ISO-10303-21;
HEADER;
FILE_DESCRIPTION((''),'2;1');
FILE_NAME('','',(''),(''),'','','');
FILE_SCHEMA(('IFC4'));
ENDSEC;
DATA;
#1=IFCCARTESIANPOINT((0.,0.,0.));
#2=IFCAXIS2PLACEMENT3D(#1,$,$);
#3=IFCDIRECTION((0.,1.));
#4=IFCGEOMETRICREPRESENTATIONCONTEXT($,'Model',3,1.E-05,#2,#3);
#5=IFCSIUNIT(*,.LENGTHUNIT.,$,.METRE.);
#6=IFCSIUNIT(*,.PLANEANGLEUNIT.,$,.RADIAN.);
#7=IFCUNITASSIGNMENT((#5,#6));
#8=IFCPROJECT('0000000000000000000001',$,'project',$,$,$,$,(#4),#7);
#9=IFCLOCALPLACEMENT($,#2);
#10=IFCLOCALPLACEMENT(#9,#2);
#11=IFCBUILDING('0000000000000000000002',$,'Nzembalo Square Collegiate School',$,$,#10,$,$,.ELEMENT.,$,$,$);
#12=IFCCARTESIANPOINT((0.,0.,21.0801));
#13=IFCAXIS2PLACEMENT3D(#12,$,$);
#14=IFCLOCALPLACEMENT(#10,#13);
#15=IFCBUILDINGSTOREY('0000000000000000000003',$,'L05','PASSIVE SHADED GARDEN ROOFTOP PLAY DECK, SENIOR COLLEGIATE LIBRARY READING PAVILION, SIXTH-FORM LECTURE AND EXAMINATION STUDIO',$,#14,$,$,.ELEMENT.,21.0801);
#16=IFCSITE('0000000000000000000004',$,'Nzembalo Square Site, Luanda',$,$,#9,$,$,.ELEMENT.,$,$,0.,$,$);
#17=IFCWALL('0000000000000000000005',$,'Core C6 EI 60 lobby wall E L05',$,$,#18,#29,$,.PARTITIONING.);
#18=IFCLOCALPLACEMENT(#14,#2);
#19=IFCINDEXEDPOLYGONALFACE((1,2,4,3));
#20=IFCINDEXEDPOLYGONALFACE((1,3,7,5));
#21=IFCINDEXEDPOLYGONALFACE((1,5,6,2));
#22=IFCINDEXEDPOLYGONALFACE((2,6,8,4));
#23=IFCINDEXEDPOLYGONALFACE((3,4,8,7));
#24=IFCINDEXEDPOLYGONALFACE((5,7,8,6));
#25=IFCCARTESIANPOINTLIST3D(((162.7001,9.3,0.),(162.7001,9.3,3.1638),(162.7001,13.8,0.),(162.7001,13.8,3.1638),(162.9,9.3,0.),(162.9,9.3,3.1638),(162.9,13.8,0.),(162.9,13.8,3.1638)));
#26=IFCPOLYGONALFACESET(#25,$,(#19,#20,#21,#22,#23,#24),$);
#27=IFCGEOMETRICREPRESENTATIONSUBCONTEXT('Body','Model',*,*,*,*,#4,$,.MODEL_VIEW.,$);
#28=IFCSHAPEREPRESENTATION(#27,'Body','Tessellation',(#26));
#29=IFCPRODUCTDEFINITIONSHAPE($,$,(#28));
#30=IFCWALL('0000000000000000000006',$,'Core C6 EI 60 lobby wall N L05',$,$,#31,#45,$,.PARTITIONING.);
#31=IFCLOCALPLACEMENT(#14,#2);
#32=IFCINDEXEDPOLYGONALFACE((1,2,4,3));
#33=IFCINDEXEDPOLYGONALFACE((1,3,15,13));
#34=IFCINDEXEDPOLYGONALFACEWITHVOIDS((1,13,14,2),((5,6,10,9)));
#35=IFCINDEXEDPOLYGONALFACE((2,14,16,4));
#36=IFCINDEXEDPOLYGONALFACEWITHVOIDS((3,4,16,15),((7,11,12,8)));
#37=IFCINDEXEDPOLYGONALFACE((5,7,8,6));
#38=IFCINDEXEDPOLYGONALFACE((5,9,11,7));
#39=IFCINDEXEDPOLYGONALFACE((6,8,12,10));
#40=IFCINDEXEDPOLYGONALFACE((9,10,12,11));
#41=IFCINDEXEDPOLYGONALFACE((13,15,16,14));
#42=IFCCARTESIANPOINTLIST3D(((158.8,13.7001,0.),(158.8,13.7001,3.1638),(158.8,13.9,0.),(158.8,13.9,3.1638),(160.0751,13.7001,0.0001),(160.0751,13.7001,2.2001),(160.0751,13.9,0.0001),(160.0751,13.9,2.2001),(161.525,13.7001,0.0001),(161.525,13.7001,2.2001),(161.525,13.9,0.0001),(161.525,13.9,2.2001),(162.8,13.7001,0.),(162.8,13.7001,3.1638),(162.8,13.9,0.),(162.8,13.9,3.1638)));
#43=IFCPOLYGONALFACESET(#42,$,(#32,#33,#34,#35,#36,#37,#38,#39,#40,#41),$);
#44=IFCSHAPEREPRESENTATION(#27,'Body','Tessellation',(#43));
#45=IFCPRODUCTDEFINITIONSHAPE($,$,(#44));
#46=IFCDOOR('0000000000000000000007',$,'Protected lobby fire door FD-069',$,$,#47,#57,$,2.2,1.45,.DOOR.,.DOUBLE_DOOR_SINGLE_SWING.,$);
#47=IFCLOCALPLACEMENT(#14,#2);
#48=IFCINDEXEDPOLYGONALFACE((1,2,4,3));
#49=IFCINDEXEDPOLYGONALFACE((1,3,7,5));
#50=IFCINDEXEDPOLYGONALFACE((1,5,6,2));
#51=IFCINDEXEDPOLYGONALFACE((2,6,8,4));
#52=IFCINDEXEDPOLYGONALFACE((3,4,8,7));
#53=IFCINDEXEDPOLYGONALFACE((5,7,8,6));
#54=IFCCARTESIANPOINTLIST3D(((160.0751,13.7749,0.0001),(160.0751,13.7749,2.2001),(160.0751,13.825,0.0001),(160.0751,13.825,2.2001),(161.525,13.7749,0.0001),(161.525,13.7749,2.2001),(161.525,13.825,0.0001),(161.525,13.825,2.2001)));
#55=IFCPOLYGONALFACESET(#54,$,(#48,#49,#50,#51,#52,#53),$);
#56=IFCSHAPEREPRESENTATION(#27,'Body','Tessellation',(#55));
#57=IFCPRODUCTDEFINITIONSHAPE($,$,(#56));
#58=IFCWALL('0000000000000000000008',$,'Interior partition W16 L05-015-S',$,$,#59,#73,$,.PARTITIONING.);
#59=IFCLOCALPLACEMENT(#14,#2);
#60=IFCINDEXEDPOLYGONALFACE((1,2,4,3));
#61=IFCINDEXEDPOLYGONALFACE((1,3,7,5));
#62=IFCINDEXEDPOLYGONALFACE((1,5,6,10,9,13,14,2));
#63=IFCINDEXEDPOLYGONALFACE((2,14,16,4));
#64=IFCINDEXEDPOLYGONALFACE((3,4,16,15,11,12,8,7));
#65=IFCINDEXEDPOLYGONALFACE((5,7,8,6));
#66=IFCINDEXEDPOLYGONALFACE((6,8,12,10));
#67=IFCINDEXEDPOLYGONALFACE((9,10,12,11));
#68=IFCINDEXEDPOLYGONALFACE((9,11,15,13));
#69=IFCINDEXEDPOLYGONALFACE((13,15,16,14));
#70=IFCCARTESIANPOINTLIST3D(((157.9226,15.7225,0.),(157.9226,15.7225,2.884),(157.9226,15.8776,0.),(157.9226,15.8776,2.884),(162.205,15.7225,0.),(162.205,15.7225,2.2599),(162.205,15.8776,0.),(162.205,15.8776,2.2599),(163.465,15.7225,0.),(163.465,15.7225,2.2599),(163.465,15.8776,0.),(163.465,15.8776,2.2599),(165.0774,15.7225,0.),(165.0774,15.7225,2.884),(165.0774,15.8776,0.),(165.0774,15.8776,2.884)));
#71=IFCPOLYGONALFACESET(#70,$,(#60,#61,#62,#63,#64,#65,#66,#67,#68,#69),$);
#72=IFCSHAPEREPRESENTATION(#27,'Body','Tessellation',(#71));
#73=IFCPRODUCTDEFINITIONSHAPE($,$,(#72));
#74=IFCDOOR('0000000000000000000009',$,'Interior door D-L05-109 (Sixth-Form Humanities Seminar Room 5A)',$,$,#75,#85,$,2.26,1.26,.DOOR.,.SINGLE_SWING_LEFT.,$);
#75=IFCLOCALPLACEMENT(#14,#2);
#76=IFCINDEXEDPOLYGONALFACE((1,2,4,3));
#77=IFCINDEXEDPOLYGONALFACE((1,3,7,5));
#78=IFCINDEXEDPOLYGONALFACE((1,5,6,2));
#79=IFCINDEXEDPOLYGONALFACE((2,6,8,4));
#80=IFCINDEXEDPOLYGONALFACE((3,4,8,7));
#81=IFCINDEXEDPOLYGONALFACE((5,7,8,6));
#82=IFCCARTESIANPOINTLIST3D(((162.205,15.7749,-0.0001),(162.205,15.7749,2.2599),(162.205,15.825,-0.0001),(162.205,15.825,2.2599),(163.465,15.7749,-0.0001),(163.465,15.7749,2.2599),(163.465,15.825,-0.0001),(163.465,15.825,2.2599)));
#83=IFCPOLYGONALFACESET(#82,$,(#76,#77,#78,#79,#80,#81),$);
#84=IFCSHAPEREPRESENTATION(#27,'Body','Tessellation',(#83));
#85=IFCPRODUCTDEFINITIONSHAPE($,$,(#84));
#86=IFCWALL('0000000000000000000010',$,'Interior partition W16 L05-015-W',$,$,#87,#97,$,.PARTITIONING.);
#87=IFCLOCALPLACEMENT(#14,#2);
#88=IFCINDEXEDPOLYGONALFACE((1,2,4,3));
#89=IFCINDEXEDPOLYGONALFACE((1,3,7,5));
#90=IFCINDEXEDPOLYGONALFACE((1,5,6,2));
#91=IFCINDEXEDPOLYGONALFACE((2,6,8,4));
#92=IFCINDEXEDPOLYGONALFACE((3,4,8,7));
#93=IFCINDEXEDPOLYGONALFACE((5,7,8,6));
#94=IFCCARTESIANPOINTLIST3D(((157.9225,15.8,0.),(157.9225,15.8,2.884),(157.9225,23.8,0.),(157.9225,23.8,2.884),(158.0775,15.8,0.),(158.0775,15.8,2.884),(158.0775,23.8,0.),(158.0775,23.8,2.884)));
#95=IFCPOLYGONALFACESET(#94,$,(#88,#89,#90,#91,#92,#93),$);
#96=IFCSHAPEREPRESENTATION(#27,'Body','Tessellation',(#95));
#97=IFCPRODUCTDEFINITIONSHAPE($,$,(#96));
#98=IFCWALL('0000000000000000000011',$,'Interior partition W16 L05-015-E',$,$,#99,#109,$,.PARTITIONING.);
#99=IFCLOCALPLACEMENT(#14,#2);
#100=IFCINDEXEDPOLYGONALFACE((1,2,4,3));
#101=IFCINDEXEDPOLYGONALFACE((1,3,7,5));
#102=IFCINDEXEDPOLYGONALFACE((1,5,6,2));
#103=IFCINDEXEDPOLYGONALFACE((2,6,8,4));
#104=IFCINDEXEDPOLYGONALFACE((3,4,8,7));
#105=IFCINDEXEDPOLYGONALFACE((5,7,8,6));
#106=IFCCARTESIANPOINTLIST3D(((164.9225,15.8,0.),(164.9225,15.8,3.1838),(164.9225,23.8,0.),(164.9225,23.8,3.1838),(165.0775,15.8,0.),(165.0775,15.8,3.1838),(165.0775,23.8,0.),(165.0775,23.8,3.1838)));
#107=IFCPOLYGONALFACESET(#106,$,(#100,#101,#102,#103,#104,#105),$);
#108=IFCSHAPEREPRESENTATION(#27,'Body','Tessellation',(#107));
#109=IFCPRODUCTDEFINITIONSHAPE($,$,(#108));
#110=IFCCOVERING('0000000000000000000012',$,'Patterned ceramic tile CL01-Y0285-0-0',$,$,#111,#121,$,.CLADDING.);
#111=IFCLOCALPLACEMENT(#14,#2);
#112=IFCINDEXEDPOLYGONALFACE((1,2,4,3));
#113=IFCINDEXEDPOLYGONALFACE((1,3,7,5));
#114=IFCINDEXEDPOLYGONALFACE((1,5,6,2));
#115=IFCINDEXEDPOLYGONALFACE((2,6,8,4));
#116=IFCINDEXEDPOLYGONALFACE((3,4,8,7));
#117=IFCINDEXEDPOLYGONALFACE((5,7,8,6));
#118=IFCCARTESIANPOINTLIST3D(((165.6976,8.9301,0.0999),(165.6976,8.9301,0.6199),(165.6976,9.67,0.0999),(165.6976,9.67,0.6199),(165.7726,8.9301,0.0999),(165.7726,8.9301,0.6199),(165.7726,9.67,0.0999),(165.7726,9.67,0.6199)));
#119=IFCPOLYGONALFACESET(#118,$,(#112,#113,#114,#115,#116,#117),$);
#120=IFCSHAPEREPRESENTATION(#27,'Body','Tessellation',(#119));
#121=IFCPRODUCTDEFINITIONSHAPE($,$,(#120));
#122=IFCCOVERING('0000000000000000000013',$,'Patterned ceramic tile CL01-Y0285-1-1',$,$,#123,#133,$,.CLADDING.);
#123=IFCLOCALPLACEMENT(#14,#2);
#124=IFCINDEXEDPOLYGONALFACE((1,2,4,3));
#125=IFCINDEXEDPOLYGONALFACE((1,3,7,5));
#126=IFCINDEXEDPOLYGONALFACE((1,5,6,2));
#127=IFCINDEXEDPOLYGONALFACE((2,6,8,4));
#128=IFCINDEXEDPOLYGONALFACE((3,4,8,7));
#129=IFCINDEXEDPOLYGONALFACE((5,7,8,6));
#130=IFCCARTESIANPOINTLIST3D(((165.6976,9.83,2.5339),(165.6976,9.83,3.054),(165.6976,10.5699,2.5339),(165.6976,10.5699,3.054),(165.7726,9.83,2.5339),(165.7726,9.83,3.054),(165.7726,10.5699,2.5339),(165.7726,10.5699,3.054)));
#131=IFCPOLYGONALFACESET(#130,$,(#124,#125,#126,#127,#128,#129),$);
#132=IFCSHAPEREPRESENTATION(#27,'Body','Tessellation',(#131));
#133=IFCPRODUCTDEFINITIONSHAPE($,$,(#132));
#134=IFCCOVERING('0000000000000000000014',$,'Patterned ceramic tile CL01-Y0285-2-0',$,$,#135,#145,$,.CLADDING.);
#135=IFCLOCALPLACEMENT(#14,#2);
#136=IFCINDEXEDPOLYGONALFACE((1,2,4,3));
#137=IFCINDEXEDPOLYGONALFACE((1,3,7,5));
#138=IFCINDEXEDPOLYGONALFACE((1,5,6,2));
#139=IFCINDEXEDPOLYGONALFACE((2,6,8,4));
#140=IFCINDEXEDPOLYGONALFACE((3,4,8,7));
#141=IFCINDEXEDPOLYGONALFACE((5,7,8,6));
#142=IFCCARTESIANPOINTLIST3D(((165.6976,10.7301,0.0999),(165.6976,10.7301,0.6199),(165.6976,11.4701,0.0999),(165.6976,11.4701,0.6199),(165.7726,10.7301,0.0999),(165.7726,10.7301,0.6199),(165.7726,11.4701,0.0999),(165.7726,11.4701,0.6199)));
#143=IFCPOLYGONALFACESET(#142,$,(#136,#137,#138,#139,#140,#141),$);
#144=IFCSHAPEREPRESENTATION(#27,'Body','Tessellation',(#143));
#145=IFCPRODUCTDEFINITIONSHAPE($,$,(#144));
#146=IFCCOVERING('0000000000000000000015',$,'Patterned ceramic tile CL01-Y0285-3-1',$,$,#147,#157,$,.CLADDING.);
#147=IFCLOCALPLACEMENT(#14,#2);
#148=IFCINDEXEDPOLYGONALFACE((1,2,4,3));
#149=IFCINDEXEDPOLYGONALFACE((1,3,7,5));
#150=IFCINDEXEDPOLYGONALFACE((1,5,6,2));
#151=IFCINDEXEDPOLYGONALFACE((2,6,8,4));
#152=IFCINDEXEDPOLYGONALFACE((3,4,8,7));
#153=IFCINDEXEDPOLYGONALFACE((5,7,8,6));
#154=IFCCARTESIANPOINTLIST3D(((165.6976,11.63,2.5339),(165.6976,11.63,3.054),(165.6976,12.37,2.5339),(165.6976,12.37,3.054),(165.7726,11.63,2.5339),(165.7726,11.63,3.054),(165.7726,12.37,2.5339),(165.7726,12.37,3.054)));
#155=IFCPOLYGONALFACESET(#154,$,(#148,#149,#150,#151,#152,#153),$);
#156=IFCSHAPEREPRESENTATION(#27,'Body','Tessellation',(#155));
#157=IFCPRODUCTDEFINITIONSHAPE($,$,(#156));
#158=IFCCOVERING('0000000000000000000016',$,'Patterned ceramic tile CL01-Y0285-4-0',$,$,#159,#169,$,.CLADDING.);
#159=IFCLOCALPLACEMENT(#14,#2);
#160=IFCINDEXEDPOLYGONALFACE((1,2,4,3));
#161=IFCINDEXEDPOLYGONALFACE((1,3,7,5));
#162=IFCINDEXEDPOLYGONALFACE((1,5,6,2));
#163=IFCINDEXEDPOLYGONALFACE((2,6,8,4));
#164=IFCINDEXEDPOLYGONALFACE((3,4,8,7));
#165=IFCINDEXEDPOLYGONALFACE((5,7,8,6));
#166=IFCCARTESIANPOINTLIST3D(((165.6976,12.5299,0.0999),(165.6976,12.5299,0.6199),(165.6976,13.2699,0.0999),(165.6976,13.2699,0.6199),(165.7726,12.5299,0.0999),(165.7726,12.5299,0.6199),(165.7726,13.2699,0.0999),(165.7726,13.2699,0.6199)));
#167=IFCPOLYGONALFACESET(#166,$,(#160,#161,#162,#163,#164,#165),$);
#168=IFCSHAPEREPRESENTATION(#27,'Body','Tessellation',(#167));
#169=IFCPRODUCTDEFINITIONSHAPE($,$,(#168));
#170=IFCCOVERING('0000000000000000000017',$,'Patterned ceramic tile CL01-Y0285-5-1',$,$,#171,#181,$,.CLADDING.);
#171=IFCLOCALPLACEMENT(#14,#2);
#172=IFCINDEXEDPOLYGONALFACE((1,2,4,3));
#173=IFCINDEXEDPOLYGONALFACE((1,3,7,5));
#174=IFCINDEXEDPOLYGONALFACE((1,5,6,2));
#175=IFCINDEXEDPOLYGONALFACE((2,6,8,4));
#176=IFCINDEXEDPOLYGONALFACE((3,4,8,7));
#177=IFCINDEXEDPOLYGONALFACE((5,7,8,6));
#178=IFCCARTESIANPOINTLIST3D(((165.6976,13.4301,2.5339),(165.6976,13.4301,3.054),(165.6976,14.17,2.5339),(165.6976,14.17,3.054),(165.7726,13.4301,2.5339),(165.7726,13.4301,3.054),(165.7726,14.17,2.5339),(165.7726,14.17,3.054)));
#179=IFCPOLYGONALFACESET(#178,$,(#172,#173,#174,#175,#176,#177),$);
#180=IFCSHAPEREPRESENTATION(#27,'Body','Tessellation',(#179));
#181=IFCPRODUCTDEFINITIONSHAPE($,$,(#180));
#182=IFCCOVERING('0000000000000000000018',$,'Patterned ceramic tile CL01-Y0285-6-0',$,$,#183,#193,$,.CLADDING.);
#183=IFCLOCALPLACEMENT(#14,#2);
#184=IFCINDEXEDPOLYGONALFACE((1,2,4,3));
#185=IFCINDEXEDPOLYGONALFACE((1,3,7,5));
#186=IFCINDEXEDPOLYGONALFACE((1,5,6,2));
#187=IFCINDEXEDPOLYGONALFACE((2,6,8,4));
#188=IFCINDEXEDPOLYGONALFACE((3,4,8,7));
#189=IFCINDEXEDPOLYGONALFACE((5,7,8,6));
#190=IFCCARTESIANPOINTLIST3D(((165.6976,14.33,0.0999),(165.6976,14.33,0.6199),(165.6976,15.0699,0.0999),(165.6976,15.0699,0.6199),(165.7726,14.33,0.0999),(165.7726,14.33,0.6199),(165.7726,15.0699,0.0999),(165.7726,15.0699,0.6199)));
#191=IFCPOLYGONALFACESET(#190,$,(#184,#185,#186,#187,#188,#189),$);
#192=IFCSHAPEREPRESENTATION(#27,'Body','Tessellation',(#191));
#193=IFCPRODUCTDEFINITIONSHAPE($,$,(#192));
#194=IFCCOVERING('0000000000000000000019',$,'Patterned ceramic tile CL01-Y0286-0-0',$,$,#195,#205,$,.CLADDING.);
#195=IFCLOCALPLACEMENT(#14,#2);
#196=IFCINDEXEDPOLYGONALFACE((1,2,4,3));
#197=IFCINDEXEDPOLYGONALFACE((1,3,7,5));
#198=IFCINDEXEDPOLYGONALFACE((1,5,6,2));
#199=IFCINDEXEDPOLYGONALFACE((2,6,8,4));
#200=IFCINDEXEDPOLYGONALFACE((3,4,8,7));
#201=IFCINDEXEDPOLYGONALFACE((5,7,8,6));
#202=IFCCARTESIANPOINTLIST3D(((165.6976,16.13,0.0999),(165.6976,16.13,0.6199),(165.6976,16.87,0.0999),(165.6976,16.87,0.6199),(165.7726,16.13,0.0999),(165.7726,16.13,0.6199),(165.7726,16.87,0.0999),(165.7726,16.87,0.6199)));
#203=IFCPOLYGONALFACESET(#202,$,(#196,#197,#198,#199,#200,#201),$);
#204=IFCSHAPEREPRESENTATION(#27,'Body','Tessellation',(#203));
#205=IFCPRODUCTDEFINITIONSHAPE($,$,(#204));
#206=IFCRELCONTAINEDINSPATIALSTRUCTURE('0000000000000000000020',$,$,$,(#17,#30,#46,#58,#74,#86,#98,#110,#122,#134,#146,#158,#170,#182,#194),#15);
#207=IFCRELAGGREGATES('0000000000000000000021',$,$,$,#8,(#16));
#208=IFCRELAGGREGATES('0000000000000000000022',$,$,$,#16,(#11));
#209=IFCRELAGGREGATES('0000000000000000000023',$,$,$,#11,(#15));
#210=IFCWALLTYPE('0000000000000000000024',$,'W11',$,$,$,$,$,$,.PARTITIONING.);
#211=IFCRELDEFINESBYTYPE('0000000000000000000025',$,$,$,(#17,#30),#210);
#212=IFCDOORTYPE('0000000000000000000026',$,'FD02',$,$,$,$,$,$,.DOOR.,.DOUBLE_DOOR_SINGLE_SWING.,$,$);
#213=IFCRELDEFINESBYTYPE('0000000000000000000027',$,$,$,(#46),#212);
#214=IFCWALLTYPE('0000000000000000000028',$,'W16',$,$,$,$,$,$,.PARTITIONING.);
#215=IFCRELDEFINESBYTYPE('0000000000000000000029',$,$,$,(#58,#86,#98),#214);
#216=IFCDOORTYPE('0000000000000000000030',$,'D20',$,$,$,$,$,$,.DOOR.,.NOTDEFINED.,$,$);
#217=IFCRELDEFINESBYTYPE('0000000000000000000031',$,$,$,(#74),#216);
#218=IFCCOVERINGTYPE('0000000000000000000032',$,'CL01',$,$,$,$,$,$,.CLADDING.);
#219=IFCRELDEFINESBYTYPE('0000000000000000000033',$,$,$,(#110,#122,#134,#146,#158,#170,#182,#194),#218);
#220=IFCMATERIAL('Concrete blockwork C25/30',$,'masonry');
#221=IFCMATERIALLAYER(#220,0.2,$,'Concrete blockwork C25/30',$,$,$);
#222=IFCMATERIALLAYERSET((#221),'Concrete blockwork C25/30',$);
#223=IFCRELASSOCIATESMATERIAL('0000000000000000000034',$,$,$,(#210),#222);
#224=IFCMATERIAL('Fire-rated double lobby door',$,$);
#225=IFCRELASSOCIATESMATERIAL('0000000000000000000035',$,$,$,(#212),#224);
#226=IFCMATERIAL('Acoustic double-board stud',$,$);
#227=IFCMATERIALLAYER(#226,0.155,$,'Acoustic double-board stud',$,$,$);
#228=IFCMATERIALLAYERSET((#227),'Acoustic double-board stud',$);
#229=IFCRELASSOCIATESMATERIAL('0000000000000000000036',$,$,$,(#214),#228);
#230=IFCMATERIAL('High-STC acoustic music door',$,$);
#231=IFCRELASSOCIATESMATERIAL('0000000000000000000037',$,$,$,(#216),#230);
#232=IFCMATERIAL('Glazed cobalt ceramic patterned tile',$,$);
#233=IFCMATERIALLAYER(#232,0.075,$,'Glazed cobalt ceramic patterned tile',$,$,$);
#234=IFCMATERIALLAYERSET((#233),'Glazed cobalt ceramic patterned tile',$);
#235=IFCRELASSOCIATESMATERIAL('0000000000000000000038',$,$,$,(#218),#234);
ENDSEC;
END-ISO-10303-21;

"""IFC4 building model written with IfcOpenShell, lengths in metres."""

from ifc_helpers import new_model, si_unit, direction, frame, frame_2d, origin, origin_2d, place, context, subcontext, project, spatial, rectangle, extrude, material, layer, layer_set, type_object, element, fill, save


model = new_model("IFC4")

# Units and contexts
model_context = context("Model", 3, precision=1e-05, world=origin(), true_north=direction((0.0, 1.0)))
body_context = subcontext(model_context, "Body", "Model", "MODEL_VIEW")
ifc_project = project(units=[si_unit("LENGTHUNIT", "METRE"), si_unit("PLANEANGLEUNIT", "RADIAN")], contexts=[model_context])

# Site, building, storey
site_placement = place(None, origin())
site = spatial("IfcSite", under=ifc_project, at=site_placement, Name="Nzembalo Square Site, Luanda", CompositionType="ELEMENT", RefElevation=0.0)
building_placement = place(site_placement, origin())
building = spatial("IfcBuilding", under=site, at=building_placement, Name="Nzembalo Square Collegiate School", CompositionType="ELEMENT")
storey_placement = place(building_placement, frame((0.0, 0.0, 21.0801)))
storey = spatial("IfcBuildingStorey", under=building, at=storey_placement, Name="L05", Description="PASSIVE SHADED GARDEN ROOFTOP PLAY DECK, SENIOR COLLEGIATE LIBRARY READING PAVILION, SIXTH-FORM LECTURE AND EXAMINATION STUDIO", CompositionType="ELEMENT", Elevation=21.0801)

# Wall
ifc_material_1 = material(Name="Concrete blockwork C25/30", Category="masonry")
ifc_layer_1 = layer(ifc_material_1, 0.2, Name="Concrete blockwork C25/30")
ifc_layer_set_1 = layer_set([ifc_layer_1], Name="Concrete blockwork C25/30")
wall_type_1 = type_object("IfcWallType", Name="W11", PredefinedType="PARTITIONING", material=ifc_layer_set_1)
wall_1_placement = place(storey_placement, frame((162.8, 9.3, 0.0), z_axis=(0.0, 0.0, 1.0), x_axis=(0.0, 1.0, 0.0)))
element("IfcWall", 1, at=wall_1_placement, inside=storey, type_object=wall_type_1, Name="Core C6 EI 60 lobby wall E L05", PredefinedType="PARTITIONING", context=body_context, shape_type="SweptSolid", body=[
    extrude(rectangle(XDim=4.5, YDim=0.2, at=frame_2d((2.25, 0.0))), origin(), (0.0, 0.0, 1.0), 3.1638),
])

# Walls, openings, doors
wall_2_placement = place(storey_placement, frame((158.8, 13.8, 0.0), z_axis=(0.0, 0.0, 1.0), x_axis=(1.0, 0.0, 0.0)))
wall_2 = element("IfcWall", 2, at=wall_2_placement, inside=storey, type_object=wall_type_1, Name="Core C6 EI 60 lobby wall N L05", PredefinedType="PARTITIONING", context=body_context, shape_type="SweptSolid", body=[
    extrude(rectangle(XDim=4.0, YDim=0.2, at=frame_2d((2.0, 0.0))), origin(), (0.0, 0.0, 1.0), 3.1638),
])
opening_1_placement = place(wall_2_placement, frame((1.2749, 0.0, 0.0)))
opening_1 = element("IfcOpeningElement", 3, at=opening_1_placement, cuts=wall_2, PredefinedType="OPENING", context=body_context, shape_type="SweptSolid", body=[
    extrude(rectangle(XDim=1.45, YDim=2.2, at=frame_2d((0.7251, 1.1001))), frame((0.0, 0.1099, 0.0), z_axis=(0.0, -1.0, 0.0), x_axis=(1.0, 0.0, 0.0)), (0.0, 0.0, 1.0), 0.22),
])
ifc_material_2 = material(Name="Fire-rated double lobby door")
door_type_1 = type_object("IfcDoorType", Name="FD02", OperationType="DOUBLE_DOOR_SINGLE_SWING", PredefinedType="DOOR", material=ifc_material_2)
door_1_placement = place(opening_1_placement, origin())
door_1 = element("IfcDoor", 4, at=door_1_placement, inside=storey, type_object=door_type_1, Name="Protected lobby fire door FD-069", OperationType="DOUBLE_DOOR_SINGLE_SWING", OverallHeight=2.2, OverallWidth=1.45, PredefinedType="DOOR", context=body_context, shape_type="SweptSolid", body=[
    extrude(rectangle(XDim=1.45, YDim=2.2, at=frame_2d((0.7251, 1.1001))), frame((0.0, 0.0249, 0.0), z_axis=(0.0, -1.0, 0.0), x_axis=(1.0, 0.0, 0.0)), (0.0, 0.0, 1.0), 0.05),
])
fill(opening_1, door_1)
ifc_material_3 = material(Name="Acoustic double-board stud")
ifc_layer_2 = layer(ifc_material_3, 0.155, Name="Acoustic double-board stud")
ifc_layer_set_2 = layer_set([ifc_layer_2], Name="Acoustic double-board stud")
wall_type_2 = type_object("IfcWallType", Name="W16", PredefinedType="PARTITIONING", material=ifc_layer_set_2)
wall_3_placement = place(storey_placement, frame((157.9226, 15.8, 0.0), z_axis=(0.0, 0.0, 1.0), x_axis=(1.0, 0.0, 0.0)))
wall_3 = element("IfcWall", 5, at=wall_3_placement, inside=storey, type_object=wall_type_2, Name="Interior partition W16 L05-015-S", PredefinedType="PARTITIONING", context=body_context, shape_type="SweptSolid", body=[
    extrude(rectangle(XDim=7.1548, YDim=0.155, at=frame_2d((3.5774, 0.0))), origin(), (0.0, 0.0, 1.0), 2.884),
])
opening_2_placement = place(wall_3_placement, frame((4.2825, 0.0, 0.0)))
opening_2 = element("IfcOpeningElement", 6, at=opening_2_placement, cuts=wall_3, PredefinedType="OPENING", context=body_context, shape_type="SweptSolid", body=[
    extrude(rectangle(XDim=1.26, YDim=2.26, at=frame_2d((0.6299, 1.1299))), frame((0.0, 0.0874, 0.0), z_axis=(0.0, -1.0, 0.0), x_axis=(1.0, 0.0, 0.0)), (0.0, 0.0, 1.0), 0.175),
])
ifc_material_4 = material(Name="High-STC acoustic music door")
door_type_2 = type_object("IfcDoorType", Name="D20", OperationType="NOTDEFINED", PredefinedType="DOOR", material=ifc_material_4)
door_2_placement = place(opening_2_placement, origin())
door_2 = element("IfcDoor", 7, at=door_2_placement, inside=storey, type_object=door_type_2, Name="Interior door D-L05-109 (Sixth-Form Humanities Seminar Room 5A)", OperationType="SINGLE_SWING_LEFT", OverallHeight=2.26, OverallWidth=1.26, PredefinedType="DOOR", context=body_context, shape_type="SweptSolid", body=[
    extrude(rectangle(XDim=1.26, YDim=2.26, at=frame_2d((0.6299, 1.1299))), frame((0.0, 0.0249, 0.0), z_axis=(0.0, -1.0, 0.0), x_axis=(1.0, 0.0, 0.0)), (0.0, 0.0, 1.0), 0.05),
])
fill(opening_2, door_2)

# Walls
wall_4_placement = place(storey_placement, frame((158.0, 15.8, 0.0), z_axis=(0.0, 0.0, 1.0), x_axis=(0.0, 1.0, 0.0)))
element("IfcWall", 8, at=wall_4_placement, inside=storey, type_object=wall_type_2, Name="Interior partition W16 L05-015-W", PredefinedType="PARTITIONING", context=body_context, shape_type="SweptSolid", body=[
    extrude(rectangle(XDim=8.0, YDim=0.155, at=frame_2d((4.0, 0.0))), origin(), (0.0, 0.0, 1.0), 2.884),
])
wall_5_placement = place(storey_placement, frame((165.0, 15.8, 0.0), z_axis=(0.0, 0.0, 1.0), x_axis=(0.0, 1.0, 0.0)))
element("IfcWall", 9, at=wall_5_placement, inside=storey, type_object=wall_type_2, Name="Interior partition W16 L05-015-E", PredefinedType="PARTITIONING", context=body_context, shape_type="SweptSolid", body=[
    extrude(rectangle(XDim=8.0, YDim=0.155, at=frame_2d((4.0, 0.0))), origin(), (0.0, 0.0, 1.0), 3.1838),
])

# Coverings
ifc_material_5 = material(Name="Glazed cobalt ceramic patterned tile")
ifc_layer_3 = layer(ifc_material_5, 0.075, Name="Glazed cobalt ceramic patterned tile")
ifc_layer_set_3 = layer_set([ifc_layer_3], Name="Glazed cobalt ceramic patterned tile")
covering_type_1 = type_object("IfcCoveringType", Name="CL01", PredefinedType="CLADDING", material=ifc_layer_set_3)
for number, where, z_axis, x_axis, name in (
    (10, (165.7351, 9.3, 0.0999), (0.0, 0.0, 1.0), (1.0, 0.0, 0.0), "Patterned ceramic tile CL01-Y0285-0-0"),
    (11, (165.7351, 10.2, 2.5339), (0.0, 0.0, 1.0), (1.0, 0.0, 0.0), "Patterned ceramic tile CL01-Y0285-1-1"),
    (12, (165.7351, 11.1001, 0.0999), (0.0, 0.0, 1.0), (1.0, 0.0, 0.0), "Patterned ceramic tile CL01-Y0285-2-0"),
    (13, (165.7351, 12.0, 2.5339), (0.0, 0.0, 1.0), (1.0, 0.0, 0.0), "Patterned ceramic tile CL01-Y0285-3-1"),
    (14, (165.7351, 12.8999, 0.0999), (0.0, 0.0, 1.0), (1.0, 0.0, 0.0), "Patterned ceramic tile CL01-Y0285-4-0"),
    (15, (165.7351, 13.8, 2.5339), (0.0, 0.0, 1.0), (1.0, 0.0, 0.0), "Patterned ceramic tile CL01-Y0285-5-1"),
    (16, (165.7351, 14.7, 0.0999), (0.0, 0.0, 1.0), (1.0, 0.0, 0.0), "Patterned ceramic tile CL01-Y0285-6-0"),
    (17, (165.7351, 16.5, 0.0999), (0.0, 0.0, 1.0), (1.0, 0.0, 0.0), "Patterned ceramic tile CL01-Y0286-0-0"),
):
    element("IfcCovering", number, at=place(storey_placement, frame(where, z_axis=z_axis, x_axis=x_axis)), inside=storey, type_object=covering_type_1, Name=name, PredefinedType="CLADDING", context=body_context, shape_type="SweptSolid", body=[
        extrude(rectangle(XDim=0.075, YDim=0.74, at=origin_2d()), origin(), (0.0, 0.0, 1.0), 0.52),
    ])

save(model, "model.ifc")
